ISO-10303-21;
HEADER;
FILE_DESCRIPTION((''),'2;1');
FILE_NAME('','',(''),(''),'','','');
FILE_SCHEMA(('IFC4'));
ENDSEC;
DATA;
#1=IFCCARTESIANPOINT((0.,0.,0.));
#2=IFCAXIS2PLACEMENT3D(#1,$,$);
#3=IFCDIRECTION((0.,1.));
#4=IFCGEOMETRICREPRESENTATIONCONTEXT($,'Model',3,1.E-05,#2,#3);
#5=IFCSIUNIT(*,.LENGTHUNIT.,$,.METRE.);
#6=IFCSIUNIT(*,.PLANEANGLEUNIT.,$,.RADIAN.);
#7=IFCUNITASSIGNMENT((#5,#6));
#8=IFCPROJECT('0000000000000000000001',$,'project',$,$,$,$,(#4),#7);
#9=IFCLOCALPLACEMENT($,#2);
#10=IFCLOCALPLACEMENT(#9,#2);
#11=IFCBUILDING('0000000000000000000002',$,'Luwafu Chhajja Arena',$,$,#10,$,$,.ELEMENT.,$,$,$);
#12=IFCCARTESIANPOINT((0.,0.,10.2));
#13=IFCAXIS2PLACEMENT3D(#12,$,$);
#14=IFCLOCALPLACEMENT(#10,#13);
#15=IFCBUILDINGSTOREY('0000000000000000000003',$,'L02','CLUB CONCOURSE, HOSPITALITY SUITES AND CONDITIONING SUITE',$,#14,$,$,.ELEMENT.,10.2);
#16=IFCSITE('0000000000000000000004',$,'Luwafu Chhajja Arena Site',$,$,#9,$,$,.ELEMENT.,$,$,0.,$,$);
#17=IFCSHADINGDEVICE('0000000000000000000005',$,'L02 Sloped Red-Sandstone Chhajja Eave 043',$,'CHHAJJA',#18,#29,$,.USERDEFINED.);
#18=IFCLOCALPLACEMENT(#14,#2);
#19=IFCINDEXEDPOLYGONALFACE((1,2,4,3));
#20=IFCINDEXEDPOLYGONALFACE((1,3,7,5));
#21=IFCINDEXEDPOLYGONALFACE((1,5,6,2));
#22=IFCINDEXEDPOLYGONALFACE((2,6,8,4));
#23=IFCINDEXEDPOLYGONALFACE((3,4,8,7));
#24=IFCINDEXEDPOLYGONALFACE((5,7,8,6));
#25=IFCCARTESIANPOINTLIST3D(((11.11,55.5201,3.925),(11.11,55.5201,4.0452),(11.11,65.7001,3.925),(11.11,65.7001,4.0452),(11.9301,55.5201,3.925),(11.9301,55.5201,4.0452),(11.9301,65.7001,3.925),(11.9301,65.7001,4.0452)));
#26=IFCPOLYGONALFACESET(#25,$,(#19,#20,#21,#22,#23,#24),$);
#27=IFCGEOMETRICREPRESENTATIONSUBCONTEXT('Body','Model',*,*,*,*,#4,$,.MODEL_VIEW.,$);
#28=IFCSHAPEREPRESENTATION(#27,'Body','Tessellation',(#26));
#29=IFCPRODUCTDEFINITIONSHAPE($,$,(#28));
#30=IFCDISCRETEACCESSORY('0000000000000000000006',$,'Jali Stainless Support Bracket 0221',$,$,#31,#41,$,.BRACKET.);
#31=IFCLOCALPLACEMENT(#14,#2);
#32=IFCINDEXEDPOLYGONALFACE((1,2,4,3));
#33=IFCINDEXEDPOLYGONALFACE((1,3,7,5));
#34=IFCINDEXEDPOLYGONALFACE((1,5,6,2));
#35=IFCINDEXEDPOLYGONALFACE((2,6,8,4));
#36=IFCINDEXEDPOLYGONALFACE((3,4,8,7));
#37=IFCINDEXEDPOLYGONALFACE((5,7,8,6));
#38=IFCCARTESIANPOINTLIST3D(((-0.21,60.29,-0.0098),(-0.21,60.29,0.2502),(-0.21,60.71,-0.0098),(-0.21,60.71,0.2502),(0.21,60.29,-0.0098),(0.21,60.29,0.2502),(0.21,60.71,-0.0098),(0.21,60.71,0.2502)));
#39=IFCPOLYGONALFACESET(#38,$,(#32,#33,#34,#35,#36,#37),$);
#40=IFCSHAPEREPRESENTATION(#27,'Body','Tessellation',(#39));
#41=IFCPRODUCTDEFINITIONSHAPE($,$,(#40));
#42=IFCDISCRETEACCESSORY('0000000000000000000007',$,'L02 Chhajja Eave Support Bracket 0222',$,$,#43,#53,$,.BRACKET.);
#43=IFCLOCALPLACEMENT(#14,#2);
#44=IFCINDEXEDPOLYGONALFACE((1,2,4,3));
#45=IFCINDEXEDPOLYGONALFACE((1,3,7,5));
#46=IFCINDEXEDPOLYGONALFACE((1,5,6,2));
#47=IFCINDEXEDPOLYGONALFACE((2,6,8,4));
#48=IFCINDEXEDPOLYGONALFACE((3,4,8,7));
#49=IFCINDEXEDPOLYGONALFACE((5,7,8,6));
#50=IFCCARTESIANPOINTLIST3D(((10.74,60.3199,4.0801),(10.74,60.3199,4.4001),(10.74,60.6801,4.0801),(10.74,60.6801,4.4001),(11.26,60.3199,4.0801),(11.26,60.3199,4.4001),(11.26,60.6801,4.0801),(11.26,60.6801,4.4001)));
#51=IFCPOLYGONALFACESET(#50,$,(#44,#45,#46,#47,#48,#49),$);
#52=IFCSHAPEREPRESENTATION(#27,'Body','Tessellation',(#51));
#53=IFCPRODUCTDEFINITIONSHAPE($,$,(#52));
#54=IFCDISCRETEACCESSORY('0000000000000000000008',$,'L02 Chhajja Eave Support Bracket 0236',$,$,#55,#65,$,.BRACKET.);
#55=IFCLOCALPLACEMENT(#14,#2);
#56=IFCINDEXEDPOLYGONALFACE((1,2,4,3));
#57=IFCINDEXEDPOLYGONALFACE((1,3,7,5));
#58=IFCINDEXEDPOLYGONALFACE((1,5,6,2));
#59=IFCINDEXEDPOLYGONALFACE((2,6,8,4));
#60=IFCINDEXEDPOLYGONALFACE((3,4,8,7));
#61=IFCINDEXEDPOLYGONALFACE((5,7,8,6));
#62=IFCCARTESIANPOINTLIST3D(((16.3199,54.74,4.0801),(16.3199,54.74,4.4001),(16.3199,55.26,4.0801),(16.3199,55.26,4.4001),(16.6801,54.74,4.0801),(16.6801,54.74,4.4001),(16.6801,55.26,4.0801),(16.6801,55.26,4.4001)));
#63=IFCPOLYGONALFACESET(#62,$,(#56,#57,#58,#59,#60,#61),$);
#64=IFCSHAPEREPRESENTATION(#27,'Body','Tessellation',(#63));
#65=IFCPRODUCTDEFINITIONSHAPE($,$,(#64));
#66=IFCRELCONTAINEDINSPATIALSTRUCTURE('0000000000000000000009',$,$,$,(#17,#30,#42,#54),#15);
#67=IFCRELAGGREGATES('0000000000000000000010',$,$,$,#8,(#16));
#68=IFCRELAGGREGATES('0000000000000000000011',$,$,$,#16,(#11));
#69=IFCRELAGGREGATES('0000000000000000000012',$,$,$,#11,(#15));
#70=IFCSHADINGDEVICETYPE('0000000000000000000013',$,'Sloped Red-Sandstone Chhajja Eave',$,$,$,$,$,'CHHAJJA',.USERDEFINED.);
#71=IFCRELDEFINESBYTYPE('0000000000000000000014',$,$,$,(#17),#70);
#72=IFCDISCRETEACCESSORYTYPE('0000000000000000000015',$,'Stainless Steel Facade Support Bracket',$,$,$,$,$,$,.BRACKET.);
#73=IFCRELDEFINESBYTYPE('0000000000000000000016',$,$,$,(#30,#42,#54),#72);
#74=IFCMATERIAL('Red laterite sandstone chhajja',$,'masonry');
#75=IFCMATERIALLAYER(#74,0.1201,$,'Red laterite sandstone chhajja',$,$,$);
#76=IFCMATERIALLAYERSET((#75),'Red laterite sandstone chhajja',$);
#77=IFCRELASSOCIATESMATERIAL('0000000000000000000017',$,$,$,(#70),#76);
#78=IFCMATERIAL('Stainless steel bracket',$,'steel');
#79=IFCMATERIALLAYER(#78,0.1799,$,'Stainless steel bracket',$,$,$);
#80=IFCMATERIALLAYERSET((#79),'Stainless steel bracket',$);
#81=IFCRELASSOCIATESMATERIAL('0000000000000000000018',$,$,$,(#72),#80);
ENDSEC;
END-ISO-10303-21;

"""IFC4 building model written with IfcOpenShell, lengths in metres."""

from ifc_helpers import new_model, si_unit, direction, frame, origin, origin_2d, place, context, subcontext, project, spatial, rectangle, extrude, material, layer, layer_set, type_object, element, save


model = new_model("IFC4")

# Units and contexts
model_context = context("Model", 3, precision=1e-05, world=origin(), true_north=direction((0.0, 1.0)))
body_context = subcontext(model_context, "Body", "Model", "MODEL_VIEW")
ifc_project = project(units=[si_unit("LENGTHUNIT", "METRE"), si_unit("PLANEANGLEUNIT", "RADIAN")], contexts=[model_context])

# Site, building, storey
site_placement = place(None, origin())
site = spatial("IfcSite", under=ifc_project, at=site_placement, Name="Luwafu Chhajja Arena Site", CompositionType="ELEMENT", RefElevation=0.0)
building_placement = place(site_placement, origin())
building = spatial("IfcBuilding", under=site, at=building_placement, Name="Luwafu Chhajja Arena", CompositionType="ELEMENT")
storey_placement = place(building_placement, frame((0.0, 0.0, 10.2)))
storey = spatial("IfcBuildingStorey", under=building, at=storey_placement, Name="L02", Description="CLUB CONCOURSE, HOSPITALITY SUITES AND CONDITIONING SUITE", CompositionType="ELEMENT", Elevation=10.2)

# Shading device
ifc_material_1 = material(Name="Red laterite sandstone chhajja", Category="masonry")
ifc_layer_1 = layer(ifc_material_1, 0.1201, Name="Red laterite sandstone chhajja")
ifc_layer_set_1 = layer_set([ifc_layer_1], Name="Red laterite sandstone chhajja")
shading_device_type = type_object("IfcShadingDeviceType", Name="Sloped Red-Sandstone Chhajja Eave", ElementType="CHHAJJA", PredefinedType="USERDEFINED", material=ifc_layer_set_1)
shading_device_placement = place(storey_placement, frame((11.52, 60.6101, 3.925), z_axis=(0.0, 0.0, 1.0), x_axis=(0.0, 1.0, 0.0)))
element("IfcShadingDevice", 1, at=shading_device_placement, inside=storey, type_object=shading_device_type, Name="L02 Sloped Red-Sandstone Chhajja Eave 043", ObjectType="CHHAJJA", PredefinedType="USERDEFINED", context=body_context, shape_type="SweptSolid", body=[
    extrude(rectangle(XDim=10.1799, YDim=0.8201, at=origin_2d()), origin(), (0.0, 0.0, 1.0), 0.1201),
])

# Discrete accessories
ifc_material_2 = material(Name="Stainless steel bracket", Category="steel")
ifc_layer_2 = layer(ifc_material_2, 0.1799, Name="Stainless steel bracket")
ifc_layer_set_2 = layer_set([ifc_layer_2], Name="Stainless steel bracket")
discrete_accessory_type = type_object("IfcDiscreteAccessoryType", Name="Stainless Steel Facade Support Bracket", PredefinedType="BRACKET", material=ifc_layer_set_2)
discrete_accessory_placement = place(storey_placement, frame((0.0, 60.5, -0.0098), z_axis=(0.0, 0.0, 1.0), x_axis=(0.0, 1.0, 0.0)))
element("IfcDiscreteAccessory", 2, at=discrete_accessory_placement, inside=storey, type_object=discrete_accessory_type, Name="Jali Stainless Support Bracket 0221", PredefinedType="BRACKET", context=body_context, shape_type="SweptSolid", body=[
    extrude(rectangle(XDim=0.4199, YDim=0.4199, at=origin_2d()), origin(), (0.0, 0.0, 1.0), 0.26),
])
for number, where, z_axis, x_axis, name in (
    (3, (11.0, 60.5, 4.0801), (0.0, 0.0, 1.0), (0.0, 1.0, 0.0), "L02 Chhajja Eave Support Bracket 0222"),
    (4, (16.5, 55.0, 4.0801), (0.0, 0.0, 1.0), (1.0, 0.0, 0.0), "L02 Chhajja Eave Support Bracket 0236"),
):
    element("IfcDiscreteAccessory", number, at=place(storey_placement, frame(where, z_axis=z_axis, x_axis=x_axis)), inside=storey, type_object=discrete_accessory_type, Name=name, PredefinedType="BRACKET", context=body_context, shape_type="SweptSolid", body=[
        extrude(rectangle(XDim=0.3601, YDim=0.52, at=origin_2d()), origin(), (0.0, 0.0, 1.0), 0.3201),
    ])

save(model, "model.ifc")
